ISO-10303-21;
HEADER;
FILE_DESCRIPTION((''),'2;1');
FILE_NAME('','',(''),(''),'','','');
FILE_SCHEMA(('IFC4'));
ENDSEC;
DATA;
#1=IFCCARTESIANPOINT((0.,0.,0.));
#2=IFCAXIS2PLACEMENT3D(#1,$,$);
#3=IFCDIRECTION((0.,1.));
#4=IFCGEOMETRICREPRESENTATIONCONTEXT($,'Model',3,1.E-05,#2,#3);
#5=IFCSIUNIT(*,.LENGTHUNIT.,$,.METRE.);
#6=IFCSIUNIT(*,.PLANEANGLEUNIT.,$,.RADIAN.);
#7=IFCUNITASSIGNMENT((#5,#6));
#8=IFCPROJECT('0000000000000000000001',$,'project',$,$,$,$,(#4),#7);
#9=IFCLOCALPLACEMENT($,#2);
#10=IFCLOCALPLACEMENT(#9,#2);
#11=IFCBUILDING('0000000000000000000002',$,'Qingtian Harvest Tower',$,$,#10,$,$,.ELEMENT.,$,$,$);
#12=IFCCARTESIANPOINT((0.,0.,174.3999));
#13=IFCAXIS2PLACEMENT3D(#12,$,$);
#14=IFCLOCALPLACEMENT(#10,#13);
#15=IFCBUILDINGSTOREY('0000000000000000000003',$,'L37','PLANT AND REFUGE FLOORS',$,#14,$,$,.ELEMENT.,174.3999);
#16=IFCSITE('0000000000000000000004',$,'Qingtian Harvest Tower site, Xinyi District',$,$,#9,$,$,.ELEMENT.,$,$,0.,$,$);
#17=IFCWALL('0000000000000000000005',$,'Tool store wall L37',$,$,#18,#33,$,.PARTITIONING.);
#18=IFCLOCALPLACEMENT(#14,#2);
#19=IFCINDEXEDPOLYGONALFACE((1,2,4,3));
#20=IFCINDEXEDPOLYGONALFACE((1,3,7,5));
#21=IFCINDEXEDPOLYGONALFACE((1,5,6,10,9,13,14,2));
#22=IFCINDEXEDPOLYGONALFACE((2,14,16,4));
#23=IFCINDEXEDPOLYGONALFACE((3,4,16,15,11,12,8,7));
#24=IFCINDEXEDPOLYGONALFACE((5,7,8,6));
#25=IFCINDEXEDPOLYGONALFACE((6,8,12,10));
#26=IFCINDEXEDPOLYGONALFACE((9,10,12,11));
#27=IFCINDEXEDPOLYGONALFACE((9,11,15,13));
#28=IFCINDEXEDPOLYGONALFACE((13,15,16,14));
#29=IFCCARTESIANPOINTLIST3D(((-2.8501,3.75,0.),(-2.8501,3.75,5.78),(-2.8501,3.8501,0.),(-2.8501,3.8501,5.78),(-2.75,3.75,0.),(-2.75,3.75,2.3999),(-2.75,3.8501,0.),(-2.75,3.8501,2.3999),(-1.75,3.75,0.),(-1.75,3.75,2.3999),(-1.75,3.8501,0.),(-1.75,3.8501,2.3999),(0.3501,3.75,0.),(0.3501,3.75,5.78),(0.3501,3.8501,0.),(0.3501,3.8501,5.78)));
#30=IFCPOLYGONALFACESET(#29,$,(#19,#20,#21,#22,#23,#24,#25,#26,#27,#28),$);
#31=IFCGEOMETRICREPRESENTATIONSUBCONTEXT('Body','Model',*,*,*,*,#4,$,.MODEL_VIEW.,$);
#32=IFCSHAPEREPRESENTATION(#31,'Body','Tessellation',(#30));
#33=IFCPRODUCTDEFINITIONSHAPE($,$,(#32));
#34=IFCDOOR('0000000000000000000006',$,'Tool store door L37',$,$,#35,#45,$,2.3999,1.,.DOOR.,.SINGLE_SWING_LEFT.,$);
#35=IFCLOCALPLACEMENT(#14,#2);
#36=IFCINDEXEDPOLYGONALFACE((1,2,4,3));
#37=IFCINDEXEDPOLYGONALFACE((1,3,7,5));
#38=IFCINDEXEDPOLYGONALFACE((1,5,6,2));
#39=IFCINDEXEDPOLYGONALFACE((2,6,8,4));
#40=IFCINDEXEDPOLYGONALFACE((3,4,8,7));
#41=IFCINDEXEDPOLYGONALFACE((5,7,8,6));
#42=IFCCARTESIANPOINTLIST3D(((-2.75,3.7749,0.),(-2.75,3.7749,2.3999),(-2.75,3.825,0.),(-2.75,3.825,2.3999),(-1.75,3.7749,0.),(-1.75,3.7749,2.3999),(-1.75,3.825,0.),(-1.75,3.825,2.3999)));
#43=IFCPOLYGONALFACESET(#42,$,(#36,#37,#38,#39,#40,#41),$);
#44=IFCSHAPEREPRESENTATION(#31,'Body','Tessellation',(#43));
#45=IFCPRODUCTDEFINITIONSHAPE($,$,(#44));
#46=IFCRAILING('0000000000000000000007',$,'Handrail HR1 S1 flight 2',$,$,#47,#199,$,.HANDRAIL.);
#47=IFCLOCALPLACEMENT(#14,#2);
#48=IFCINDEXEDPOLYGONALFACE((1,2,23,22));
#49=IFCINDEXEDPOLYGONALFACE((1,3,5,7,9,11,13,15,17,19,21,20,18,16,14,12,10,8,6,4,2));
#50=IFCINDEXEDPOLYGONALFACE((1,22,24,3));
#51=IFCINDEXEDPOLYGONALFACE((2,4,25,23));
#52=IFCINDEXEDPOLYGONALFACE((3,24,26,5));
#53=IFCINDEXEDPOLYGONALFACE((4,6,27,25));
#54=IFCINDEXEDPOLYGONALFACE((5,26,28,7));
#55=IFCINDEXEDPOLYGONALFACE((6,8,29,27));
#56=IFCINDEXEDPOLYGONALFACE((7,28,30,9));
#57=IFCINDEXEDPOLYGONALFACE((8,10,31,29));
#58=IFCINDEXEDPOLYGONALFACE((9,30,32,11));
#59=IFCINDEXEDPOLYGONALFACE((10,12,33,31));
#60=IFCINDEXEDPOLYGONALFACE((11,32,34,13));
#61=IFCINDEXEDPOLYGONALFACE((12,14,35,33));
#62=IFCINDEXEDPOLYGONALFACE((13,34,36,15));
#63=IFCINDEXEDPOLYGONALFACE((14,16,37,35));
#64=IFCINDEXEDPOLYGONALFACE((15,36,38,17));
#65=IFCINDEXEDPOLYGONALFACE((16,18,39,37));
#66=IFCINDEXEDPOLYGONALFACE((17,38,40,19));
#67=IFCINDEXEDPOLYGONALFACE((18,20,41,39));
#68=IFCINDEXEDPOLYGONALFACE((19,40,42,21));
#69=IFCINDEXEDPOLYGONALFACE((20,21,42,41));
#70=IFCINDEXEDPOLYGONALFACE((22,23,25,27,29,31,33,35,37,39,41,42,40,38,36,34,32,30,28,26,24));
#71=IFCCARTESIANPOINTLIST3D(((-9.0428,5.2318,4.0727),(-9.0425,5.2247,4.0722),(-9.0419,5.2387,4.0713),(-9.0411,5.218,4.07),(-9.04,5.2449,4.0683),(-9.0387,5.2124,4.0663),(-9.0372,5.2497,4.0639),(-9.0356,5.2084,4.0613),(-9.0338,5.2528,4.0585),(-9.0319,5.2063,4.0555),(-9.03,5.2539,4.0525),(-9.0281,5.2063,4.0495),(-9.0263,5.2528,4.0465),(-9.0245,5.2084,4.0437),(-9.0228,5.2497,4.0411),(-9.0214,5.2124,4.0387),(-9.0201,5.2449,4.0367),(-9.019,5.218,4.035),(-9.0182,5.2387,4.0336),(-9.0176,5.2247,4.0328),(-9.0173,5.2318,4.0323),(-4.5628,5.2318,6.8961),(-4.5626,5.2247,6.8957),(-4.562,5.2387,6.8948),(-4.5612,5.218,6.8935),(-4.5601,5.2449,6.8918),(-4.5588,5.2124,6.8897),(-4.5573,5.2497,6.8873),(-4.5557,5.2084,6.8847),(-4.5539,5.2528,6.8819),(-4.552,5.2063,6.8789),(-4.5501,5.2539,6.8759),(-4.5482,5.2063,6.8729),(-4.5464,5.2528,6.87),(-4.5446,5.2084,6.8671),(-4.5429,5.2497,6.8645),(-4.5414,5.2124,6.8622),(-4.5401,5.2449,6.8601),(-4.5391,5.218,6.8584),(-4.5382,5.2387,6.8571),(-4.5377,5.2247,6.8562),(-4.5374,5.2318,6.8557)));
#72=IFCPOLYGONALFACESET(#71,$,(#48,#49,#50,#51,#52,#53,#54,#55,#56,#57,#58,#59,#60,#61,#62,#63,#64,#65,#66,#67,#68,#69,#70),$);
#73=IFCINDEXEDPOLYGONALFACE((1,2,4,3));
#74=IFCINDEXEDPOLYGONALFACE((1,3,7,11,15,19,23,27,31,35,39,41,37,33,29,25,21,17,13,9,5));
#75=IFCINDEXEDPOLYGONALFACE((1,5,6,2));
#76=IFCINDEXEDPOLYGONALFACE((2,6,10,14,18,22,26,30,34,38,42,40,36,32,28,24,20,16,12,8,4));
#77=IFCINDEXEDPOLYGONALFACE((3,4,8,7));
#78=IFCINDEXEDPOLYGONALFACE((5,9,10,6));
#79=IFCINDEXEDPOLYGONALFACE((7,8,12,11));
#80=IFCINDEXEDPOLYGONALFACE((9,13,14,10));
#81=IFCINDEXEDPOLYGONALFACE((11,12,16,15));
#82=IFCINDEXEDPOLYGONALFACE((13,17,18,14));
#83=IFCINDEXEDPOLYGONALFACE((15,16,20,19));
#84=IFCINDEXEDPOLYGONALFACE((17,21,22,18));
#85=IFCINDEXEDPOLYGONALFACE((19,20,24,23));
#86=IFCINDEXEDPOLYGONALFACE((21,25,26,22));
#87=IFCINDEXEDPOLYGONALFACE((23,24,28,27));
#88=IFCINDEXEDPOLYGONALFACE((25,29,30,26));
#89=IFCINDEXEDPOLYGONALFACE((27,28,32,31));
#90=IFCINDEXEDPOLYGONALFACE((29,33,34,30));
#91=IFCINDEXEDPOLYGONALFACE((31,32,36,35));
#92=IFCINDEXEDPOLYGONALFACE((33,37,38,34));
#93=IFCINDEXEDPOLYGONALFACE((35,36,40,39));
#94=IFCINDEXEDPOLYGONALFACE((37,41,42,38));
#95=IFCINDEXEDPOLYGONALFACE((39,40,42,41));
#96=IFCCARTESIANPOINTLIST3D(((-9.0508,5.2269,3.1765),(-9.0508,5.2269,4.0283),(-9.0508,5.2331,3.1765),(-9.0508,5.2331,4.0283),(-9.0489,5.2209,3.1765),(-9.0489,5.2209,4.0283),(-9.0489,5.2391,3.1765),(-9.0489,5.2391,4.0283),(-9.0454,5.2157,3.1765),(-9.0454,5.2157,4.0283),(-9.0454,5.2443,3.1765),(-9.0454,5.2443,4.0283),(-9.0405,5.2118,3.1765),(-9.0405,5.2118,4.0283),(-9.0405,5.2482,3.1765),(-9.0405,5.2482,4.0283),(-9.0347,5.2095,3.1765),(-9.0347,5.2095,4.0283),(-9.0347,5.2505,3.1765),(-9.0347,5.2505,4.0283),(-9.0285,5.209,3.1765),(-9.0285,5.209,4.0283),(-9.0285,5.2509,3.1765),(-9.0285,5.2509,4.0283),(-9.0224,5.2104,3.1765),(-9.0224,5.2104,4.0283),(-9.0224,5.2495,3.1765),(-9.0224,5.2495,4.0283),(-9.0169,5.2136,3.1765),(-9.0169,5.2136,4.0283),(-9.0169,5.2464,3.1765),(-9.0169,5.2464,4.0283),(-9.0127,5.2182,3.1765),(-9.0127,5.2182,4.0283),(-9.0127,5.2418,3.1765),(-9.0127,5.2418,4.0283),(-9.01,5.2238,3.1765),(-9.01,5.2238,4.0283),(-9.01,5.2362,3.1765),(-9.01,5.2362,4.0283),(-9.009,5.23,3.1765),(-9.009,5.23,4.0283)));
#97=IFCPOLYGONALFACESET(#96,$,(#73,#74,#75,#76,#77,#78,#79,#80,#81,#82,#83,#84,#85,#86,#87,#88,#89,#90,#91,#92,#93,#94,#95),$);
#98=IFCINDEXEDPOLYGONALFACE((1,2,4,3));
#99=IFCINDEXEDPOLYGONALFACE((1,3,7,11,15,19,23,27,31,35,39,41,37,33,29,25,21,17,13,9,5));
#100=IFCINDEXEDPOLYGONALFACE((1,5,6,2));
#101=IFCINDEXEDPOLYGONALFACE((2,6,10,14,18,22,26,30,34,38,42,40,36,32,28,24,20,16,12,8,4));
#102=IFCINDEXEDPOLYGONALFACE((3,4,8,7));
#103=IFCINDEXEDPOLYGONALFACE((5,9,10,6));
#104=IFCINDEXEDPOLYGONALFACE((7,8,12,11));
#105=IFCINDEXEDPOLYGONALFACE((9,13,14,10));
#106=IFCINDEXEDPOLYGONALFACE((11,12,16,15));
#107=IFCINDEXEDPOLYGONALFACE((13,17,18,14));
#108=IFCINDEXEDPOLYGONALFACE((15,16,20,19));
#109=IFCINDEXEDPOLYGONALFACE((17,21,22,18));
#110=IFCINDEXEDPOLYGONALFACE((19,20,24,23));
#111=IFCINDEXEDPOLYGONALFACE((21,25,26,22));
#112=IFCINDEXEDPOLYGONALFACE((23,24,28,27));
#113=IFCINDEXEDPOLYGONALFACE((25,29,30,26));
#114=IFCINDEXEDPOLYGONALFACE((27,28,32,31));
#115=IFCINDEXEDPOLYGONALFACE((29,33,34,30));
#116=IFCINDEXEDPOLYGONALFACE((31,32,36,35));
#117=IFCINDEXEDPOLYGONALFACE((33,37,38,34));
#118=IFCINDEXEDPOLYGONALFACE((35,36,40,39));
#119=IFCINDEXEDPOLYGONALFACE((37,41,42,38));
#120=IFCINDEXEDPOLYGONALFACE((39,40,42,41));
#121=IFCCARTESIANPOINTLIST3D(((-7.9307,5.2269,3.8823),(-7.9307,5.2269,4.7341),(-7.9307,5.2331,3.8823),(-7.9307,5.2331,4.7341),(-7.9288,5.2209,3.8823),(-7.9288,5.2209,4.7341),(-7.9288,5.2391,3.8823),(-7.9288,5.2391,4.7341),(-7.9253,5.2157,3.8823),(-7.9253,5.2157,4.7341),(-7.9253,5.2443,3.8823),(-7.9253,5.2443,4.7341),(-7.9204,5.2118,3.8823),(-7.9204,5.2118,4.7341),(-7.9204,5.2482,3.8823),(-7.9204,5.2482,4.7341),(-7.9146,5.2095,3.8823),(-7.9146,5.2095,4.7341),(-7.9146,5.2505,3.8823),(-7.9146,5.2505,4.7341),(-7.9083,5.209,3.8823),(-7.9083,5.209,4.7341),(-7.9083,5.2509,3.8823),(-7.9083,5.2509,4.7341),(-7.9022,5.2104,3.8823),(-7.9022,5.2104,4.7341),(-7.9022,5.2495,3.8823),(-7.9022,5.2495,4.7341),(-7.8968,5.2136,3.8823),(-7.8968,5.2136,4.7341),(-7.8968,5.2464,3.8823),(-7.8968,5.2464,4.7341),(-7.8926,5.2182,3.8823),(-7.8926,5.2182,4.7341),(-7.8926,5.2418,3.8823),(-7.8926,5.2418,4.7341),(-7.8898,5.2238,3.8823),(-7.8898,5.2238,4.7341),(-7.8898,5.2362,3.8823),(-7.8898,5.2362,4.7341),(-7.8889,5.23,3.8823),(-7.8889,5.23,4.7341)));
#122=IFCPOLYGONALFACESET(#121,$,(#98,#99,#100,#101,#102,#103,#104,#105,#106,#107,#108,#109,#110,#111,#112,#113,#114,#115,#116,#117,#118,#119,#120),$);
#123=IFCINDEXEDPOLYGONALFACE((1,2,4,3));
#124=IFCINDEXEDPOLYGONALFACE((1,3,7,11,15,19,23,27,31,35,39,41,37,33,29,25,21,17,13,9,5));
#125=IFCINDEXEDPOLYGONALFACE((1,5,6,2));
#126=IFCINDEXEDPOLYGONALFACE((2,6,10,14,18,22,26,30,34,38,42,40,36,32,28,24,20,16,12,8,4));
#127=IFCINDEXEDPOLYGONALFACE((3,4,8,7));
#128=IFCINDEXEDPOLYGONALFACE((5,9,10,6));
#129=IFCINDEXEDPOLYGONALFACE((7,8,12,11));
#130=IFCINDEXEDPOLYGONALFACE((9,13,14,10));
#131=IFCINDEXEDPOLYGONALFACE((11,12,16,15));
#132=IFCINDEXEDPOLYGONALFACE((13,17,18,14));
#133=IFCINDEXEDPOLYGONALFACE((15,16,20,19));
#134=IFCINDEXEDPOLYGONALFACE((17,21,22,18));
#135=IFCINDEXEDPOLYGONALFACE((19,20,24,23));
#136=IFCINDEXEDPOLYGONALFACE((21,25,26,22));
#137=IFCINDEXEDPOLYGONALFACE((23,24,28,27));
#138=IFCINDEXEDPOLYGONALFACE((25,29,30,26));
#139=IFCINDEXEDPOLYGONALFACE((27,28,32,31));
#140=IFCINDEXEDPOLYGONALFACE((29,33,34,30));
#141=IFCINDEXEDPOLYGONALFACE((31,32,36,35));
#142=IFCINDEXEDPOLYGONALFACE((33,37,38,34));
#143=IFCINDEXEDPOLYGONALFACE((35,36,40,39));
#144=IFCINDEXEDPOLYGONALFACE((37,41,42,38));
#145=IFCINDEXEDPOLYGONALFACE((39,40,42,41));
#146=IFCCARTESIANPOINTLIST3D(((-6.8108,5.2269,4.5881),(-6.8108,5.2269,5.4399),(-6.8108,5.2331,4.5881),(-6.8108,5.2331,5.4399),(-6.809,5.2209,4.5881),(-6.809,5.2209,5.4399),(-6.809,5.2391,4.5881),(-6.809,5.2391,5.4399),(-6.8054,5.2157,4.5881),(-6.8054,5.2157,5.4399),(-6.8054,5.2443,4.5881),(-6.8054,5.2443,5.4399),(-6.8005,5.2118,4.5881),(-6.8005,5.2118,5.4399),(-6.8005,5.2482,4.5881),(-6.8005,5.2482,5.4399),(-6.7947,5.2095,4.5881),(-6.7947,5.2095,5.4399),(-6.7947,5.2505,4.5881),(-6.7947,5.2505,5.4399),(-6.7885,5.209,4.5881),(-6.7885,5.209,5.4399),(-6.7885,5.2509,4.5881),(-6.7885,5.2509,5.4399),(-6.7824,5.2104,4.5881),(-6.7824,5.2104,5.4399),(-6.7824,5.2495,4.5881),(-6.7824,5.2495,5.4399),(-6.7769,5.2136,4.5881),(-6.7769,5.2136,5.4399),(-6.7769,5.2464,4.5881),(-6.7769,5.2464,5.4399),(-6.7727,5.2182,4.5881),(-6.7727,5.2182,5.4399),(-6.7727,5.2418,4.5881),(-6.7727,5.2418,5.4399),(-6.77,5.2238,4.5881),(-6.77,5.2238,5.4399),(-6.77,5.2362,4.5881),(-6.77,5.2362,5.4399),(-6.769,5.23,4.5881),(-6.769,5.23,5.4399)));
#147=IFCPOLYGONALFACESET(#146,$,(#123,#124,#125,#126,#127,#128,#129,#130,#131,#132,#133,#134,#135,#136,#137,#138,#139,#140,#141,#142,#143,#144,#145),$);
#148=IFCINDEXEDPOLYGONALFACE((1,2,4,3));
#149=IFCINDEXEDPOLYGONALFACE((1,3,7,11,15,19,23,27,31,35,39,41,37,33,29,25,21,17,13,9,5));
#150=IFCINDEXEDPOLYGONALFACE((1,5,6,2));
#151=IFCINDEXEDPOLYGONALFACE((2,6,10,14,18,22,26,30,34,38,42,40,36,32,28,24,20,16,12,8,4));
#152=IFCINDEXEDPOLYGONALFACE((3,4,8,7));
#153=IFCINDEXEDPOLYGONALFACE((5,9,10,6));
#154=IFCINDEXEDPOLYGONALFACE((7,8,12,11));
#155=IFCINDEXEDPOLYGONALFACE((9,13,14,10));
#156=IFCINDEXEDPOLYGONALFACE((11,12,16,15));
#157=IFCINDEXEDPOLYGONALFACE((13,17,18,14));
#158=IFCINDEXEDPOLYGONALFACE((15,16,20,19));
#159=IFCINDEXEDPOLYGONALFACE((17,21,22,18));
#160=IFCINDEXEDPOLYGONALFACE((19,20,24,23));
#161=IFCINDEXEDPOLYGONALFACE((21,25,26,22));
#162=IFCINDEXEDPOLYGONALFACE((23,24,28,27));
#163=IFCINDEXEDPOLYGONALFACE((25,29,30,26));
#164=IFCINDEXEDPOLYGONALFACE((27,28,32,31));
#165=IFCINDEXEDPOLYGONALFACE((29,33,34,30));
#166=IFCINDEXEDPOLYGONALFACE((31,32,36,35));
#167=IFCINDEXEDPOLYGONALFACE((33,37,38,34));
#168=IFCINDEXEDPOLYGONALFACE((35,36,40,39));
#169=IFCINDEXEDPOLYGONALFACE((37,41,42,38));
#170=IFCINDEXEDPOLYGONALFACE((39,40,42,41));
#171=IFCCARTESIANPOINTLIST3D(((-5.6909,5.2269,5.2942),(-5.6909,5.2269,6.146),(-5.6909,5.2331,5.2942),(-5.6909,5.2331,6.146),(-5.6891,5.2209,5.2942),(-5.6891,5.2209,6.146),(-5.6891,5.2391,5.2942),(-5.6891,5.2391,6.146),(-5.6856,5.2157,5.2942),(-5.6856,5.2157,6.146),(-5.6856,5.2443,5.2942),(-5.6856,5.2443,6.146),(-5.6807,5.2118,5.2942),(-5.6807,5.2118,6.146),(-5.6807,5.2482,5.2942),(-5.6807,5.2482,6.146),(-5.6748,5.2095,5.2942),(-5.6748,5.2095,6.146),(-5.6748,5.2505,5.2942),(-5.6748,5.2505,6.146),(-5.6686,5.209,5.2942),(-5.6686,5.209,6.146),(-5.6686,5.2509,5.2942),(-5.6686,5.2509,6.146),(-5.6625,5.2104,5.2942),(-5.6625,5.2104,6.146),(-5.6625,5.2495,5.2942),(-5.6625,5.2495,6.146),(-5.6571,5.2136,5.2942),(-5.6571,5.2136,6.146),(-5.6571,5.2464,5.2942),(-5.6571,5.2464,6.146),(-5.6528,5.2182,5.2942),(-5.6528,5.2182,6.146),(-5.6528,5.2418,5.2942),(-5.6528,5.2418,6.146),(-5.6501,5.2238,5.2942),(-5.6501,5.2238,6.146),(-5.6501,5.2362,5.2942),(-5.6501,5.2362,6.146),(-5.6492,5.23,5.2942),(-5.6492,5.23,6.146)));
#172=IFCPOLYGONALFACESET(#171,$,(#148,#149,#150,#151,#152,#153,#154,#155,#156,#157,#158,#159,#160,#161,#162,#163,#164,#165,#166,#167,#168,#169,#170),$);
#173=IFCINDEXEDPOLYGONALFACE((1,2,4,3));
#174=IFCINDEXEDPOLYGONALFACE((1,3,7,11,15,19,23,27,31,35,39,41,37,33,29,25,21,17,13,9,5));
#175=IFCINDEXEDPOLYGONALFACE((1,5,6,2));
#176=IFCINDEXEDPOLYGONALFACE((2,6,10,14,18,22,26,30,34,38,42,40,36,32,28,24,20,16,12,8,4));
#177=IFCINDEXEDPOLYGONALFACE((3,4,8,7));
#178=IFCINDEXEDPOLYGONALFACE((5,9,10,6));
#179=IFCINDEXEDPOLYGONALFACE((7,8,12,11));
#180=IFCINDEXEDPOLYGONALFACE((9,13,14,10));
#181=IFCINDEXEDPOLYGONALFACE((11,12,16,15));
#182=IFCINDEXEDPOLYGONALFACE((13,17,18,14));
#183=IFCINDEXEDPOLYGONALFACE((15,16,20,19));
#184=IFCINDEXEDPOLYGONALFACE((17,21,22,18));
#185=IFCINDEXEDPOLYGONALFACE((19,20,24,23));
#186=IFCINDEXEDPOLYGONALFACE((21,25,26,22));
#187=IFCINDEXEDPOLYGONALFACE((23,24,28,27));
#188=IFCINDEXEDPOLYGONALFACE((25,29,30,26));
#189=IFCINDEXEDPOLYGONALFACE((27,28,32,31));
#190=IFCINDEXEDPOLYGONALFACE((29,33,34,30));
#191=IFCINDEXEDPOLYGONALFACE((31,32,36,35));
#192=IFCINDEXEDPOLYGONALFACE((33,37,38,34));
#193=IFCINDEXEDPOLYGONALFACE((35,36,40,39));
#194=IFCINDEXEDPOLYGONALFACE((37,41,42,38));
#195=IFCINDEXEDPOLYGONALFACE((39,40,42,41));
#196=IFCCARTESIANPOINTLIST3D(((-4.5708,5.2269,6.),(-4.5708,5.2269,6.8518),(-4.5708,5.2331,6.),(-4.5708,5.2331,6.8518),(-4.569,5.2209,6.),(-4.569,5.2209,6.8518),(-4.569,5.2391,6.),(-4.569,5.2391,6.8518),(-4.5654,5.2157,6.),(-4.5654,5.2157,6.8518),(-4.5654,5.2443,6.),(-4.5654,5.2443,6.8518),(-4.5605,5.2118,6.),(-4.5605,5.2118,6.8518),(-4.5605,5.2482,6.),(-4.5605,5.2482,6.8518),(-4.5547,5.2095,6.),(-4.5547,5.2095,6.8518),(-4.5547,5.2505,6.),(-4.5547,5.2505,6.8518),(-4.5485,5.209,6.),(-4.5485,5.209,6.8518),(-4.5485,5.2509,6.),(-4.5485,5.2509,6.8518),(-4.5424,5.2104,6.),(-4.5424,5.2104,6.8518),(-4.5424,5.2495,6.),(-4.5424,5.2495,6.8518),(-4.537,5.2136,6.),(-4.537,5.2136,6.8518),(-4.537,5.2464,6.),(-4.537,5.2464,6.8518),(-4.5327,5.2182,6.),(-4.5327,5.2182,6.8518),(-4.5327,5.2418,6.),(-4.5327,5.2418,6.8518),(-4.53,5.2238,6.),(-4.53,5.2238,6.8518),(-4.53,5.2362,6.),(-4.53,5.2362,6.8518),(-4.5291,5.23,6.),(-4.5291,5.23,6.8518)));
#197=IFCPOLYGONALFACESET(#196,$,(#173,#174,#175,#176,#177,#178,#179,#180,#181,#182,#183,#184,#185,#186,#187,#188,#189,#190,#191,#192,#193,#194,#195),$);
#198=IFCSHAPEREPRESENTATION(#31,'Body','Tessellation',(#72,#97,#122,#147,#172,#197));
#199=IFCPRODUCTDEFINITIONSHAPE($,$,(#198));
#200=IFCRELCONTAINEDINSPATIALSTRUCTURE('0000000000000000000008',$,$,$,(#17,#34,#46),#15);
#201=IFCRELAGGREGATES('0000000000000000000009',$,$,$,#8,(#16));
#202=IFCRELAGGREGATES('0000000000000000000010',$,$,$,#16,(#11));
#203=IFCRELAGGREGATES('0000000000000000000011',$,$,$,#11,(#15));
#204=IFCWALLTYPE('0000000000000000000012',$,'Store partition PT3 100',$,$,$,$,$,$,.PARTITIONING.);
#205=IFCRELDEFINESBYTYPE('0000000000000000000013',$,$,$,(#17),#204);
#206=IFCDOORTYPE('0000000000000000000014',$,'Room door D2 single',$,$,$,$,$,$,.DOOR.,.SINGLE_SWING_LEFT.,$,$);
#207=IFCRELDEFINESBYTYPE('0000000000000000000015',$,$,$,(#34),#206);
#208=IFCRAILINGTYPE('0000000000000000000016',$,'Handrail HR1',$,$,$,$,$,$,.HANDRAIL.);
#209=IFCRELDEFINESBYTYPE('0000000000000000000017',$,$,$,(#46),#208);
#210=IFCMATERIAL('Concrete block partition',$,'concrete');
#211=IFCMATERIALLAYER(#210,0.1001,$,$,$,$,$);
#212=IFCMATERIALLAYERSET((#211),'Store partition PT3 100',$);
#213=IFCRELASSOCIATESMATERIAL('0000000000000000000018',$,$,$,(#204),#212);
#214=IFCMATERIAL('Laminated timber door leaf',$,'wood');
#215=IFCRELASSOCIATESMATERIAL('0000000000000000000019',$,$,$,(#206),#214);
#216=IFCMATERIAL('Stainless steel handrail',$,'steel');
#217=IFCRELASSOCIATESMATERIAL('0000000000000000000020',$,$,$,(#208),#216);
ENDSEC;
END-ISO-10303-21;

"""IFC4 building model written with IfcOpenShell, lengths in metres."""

from ifc_helpers import new_model, si_unit, direction, frame, frame_2d, origin, origin_2d, place, context, subcontext, project, spatial, rectangle, circle, extrude, material, layer, layer_set, type_object, element, fill, save


model = new_model("IFC4")

# Units and contexts
model_context = context("Model", 3, precision=1e-05, world=origin(), true_north=direction((0.0, 1.0)))
body_context = subcontext(model_context, "Body", "Model", "MODEL_VIEW")
ifc_project = project(units=[si_unit("LENGTHUNIT", "METRE"), si_unit("PLANEANGLEUNIT", "RADIAN")], contexts=[model_context])

# Site, building, storey
site_placement = place(None, origin())
site = spatial("IfcSite", under=ifc_project, at=site_placement, Name="Qingtian Harvest Tower site, Xinyi District", CompositionType="ELEMENT", RefElevation=0.0)
building_placement = place(site_placement, origin())
building = spatial("IfcBuilding", under=site, at=building_placement, Name="Qingtian Harvest Tower", CompositionType="ELEMENT")
storey_placement = place(building_placement, frame((0.0, 0.0, 174.3999)))
storey = spatial("IfcBuildingStorey", under=building, at=storey_placement, Name="L37", Description="PLANT AND REFUGE FLOORS", CompositionType="ELEMENT", Elevation=174.3999)

# Wall, opening, door
ifc_material_1 = material(Name="Concrete block partition", Category="concrete")
ifc_layer_1 = layer(ifc_material_1, 0.1001)
ifc_layer_set_1 = layer_set([ifc_layer_1], Name="Store partition PT3 100")
wall_type_1 = type_object("IfcWallType", Name="Store partition PT3 100", PredefinedType="PARTITIONING", material=ifc_layer_set_1)
wall_1_placement = place(storey_placement, frame((-2.8501, 3.8, 0.0), z_axis=(0.0, 0.0, 1.0), x_axis=(1.0, 0.0, 0.0)))
wall_1 = element("IfcWall", 1, at=wall_1_placement, inside=storey, type_object=wall_type_1, Name="Tool store wall L37", PredefinedType="PARTITIONING", context=body_context, shape_type="SweptSolid", body=[
    extrude(rectangle(XDim=3.2002, YDim=0.1001, at=frame_2d((1.6001, 0.0))), origin(), (0.0, 0.0, 1.0), 5.78),
])
opening_1_placement = place(wall_1_placement, frame((0.1001, 0.0, 0.0)))
opening_1 = element("IfcOpeningElement", 2, at=opening_1_placement, cuts=wall_1, PredefinedType="OPENING", context=body_context, shape_type="SweptSolid", body=[
    extrude(rectangle(XDim=1.0, YDim=2.3999, at=frame_2d((0.5, 1.2))), frame((0.0, 0.0601, 0.0), z_axis=(0.0, -1.0, 0.0), x_axis=(1.0, 0.0, 0.0)), (0.0, 0.0, 1.0), 0.1201),
])
ifc_material_2 = material(Name="Laminated timber door leaf", Category="wood")
door_type_1 = type_object("IfcDoorType", Name="Room door D2 single", OperationType="SINGLE_SWING_LEFT", PredefinedType="DOOR", material=ifc_material_2)
door_1_placement = place(opening_1_placement, origin())
door_1 = element("IfcDoor", 3, at=door_1_placement, inside=storey, type_object=door_type_1, Name="Tool store door L37", OperationType="SINGLE_SWING_LEFT", OverallHeight=2.3999, OverallWidth=1.0, PredefinedType="DOOR", context=body_context, shape_type="SweptSolid", body=[
    extrude(rectangle(XDim=1.0, YDim=2.3999, at=frame_2d((0.5, 1.2))), frame((0.0, 0.0249, 0.0), z_axis=(0.0, -1.0, 0.0), x_axis=(1.0, 0.0, 0.0)), (0.0, 0.0, 1.0), 0.05),
])
fill(opening_1, door_1)

# Railing
ifc_material_3 = material(Name="Stainless steel handrail", Category="steel")
railing_type = type_object("IfcRailingType", Name="Handrail HR1", PredefinedType="HANDRAIL", material=ifc_material_3)
railing_placement = place(storey_placement, frame((-9.03, 5.23, 3.1765)))
element("IfcRailing", 4, at=railing_placement, inside=storey, type_object=railing_type, Name="Handrail HR1 S1 flight 2", PredefinedType="HANDRAIL", context=body_context, shape_type="SweptSolid", body=[
    extrude(circle(Radius=0.0239, at=origin_2d()), frame((0.0, 0.0, 0.876), z_axis=(0.845998, 0.0, 0.533186), x_axis=(0.0, 1.0, 0.0)), (0.0, 0.0, 1.0), 5.2954),
    extrude(circle(Radius=0.021, at=origin_2d()), origin(), (0.0, 0.0, 1.0), 0.8518),
    extrude(circle(Radius=0.021, at=origin_2d()), frame((1.1201, 0.0, 0.7058)), (0.0, 0.0, 1.0), 0.8518),
    extrude(circle(Radius=0.021, at=origin_2d()), frame((2.24, 0.0, 1.4116)), (0.0, 0.0, 1.0), 0.8518),
    extrude(circle(Radius=0.021, at=origin_2d()), frame((3.3599, 0.0, 2.1177)), (0.0, 0.0, 1.0), 0.8518),
    extrude(circle(Radius=0.021, at=origin_2d()), frame((4.48, 0.0, 2.8235)), (0.0, 0.0, 1.0), 0.8518),
])

save(model, "model.ifc")
